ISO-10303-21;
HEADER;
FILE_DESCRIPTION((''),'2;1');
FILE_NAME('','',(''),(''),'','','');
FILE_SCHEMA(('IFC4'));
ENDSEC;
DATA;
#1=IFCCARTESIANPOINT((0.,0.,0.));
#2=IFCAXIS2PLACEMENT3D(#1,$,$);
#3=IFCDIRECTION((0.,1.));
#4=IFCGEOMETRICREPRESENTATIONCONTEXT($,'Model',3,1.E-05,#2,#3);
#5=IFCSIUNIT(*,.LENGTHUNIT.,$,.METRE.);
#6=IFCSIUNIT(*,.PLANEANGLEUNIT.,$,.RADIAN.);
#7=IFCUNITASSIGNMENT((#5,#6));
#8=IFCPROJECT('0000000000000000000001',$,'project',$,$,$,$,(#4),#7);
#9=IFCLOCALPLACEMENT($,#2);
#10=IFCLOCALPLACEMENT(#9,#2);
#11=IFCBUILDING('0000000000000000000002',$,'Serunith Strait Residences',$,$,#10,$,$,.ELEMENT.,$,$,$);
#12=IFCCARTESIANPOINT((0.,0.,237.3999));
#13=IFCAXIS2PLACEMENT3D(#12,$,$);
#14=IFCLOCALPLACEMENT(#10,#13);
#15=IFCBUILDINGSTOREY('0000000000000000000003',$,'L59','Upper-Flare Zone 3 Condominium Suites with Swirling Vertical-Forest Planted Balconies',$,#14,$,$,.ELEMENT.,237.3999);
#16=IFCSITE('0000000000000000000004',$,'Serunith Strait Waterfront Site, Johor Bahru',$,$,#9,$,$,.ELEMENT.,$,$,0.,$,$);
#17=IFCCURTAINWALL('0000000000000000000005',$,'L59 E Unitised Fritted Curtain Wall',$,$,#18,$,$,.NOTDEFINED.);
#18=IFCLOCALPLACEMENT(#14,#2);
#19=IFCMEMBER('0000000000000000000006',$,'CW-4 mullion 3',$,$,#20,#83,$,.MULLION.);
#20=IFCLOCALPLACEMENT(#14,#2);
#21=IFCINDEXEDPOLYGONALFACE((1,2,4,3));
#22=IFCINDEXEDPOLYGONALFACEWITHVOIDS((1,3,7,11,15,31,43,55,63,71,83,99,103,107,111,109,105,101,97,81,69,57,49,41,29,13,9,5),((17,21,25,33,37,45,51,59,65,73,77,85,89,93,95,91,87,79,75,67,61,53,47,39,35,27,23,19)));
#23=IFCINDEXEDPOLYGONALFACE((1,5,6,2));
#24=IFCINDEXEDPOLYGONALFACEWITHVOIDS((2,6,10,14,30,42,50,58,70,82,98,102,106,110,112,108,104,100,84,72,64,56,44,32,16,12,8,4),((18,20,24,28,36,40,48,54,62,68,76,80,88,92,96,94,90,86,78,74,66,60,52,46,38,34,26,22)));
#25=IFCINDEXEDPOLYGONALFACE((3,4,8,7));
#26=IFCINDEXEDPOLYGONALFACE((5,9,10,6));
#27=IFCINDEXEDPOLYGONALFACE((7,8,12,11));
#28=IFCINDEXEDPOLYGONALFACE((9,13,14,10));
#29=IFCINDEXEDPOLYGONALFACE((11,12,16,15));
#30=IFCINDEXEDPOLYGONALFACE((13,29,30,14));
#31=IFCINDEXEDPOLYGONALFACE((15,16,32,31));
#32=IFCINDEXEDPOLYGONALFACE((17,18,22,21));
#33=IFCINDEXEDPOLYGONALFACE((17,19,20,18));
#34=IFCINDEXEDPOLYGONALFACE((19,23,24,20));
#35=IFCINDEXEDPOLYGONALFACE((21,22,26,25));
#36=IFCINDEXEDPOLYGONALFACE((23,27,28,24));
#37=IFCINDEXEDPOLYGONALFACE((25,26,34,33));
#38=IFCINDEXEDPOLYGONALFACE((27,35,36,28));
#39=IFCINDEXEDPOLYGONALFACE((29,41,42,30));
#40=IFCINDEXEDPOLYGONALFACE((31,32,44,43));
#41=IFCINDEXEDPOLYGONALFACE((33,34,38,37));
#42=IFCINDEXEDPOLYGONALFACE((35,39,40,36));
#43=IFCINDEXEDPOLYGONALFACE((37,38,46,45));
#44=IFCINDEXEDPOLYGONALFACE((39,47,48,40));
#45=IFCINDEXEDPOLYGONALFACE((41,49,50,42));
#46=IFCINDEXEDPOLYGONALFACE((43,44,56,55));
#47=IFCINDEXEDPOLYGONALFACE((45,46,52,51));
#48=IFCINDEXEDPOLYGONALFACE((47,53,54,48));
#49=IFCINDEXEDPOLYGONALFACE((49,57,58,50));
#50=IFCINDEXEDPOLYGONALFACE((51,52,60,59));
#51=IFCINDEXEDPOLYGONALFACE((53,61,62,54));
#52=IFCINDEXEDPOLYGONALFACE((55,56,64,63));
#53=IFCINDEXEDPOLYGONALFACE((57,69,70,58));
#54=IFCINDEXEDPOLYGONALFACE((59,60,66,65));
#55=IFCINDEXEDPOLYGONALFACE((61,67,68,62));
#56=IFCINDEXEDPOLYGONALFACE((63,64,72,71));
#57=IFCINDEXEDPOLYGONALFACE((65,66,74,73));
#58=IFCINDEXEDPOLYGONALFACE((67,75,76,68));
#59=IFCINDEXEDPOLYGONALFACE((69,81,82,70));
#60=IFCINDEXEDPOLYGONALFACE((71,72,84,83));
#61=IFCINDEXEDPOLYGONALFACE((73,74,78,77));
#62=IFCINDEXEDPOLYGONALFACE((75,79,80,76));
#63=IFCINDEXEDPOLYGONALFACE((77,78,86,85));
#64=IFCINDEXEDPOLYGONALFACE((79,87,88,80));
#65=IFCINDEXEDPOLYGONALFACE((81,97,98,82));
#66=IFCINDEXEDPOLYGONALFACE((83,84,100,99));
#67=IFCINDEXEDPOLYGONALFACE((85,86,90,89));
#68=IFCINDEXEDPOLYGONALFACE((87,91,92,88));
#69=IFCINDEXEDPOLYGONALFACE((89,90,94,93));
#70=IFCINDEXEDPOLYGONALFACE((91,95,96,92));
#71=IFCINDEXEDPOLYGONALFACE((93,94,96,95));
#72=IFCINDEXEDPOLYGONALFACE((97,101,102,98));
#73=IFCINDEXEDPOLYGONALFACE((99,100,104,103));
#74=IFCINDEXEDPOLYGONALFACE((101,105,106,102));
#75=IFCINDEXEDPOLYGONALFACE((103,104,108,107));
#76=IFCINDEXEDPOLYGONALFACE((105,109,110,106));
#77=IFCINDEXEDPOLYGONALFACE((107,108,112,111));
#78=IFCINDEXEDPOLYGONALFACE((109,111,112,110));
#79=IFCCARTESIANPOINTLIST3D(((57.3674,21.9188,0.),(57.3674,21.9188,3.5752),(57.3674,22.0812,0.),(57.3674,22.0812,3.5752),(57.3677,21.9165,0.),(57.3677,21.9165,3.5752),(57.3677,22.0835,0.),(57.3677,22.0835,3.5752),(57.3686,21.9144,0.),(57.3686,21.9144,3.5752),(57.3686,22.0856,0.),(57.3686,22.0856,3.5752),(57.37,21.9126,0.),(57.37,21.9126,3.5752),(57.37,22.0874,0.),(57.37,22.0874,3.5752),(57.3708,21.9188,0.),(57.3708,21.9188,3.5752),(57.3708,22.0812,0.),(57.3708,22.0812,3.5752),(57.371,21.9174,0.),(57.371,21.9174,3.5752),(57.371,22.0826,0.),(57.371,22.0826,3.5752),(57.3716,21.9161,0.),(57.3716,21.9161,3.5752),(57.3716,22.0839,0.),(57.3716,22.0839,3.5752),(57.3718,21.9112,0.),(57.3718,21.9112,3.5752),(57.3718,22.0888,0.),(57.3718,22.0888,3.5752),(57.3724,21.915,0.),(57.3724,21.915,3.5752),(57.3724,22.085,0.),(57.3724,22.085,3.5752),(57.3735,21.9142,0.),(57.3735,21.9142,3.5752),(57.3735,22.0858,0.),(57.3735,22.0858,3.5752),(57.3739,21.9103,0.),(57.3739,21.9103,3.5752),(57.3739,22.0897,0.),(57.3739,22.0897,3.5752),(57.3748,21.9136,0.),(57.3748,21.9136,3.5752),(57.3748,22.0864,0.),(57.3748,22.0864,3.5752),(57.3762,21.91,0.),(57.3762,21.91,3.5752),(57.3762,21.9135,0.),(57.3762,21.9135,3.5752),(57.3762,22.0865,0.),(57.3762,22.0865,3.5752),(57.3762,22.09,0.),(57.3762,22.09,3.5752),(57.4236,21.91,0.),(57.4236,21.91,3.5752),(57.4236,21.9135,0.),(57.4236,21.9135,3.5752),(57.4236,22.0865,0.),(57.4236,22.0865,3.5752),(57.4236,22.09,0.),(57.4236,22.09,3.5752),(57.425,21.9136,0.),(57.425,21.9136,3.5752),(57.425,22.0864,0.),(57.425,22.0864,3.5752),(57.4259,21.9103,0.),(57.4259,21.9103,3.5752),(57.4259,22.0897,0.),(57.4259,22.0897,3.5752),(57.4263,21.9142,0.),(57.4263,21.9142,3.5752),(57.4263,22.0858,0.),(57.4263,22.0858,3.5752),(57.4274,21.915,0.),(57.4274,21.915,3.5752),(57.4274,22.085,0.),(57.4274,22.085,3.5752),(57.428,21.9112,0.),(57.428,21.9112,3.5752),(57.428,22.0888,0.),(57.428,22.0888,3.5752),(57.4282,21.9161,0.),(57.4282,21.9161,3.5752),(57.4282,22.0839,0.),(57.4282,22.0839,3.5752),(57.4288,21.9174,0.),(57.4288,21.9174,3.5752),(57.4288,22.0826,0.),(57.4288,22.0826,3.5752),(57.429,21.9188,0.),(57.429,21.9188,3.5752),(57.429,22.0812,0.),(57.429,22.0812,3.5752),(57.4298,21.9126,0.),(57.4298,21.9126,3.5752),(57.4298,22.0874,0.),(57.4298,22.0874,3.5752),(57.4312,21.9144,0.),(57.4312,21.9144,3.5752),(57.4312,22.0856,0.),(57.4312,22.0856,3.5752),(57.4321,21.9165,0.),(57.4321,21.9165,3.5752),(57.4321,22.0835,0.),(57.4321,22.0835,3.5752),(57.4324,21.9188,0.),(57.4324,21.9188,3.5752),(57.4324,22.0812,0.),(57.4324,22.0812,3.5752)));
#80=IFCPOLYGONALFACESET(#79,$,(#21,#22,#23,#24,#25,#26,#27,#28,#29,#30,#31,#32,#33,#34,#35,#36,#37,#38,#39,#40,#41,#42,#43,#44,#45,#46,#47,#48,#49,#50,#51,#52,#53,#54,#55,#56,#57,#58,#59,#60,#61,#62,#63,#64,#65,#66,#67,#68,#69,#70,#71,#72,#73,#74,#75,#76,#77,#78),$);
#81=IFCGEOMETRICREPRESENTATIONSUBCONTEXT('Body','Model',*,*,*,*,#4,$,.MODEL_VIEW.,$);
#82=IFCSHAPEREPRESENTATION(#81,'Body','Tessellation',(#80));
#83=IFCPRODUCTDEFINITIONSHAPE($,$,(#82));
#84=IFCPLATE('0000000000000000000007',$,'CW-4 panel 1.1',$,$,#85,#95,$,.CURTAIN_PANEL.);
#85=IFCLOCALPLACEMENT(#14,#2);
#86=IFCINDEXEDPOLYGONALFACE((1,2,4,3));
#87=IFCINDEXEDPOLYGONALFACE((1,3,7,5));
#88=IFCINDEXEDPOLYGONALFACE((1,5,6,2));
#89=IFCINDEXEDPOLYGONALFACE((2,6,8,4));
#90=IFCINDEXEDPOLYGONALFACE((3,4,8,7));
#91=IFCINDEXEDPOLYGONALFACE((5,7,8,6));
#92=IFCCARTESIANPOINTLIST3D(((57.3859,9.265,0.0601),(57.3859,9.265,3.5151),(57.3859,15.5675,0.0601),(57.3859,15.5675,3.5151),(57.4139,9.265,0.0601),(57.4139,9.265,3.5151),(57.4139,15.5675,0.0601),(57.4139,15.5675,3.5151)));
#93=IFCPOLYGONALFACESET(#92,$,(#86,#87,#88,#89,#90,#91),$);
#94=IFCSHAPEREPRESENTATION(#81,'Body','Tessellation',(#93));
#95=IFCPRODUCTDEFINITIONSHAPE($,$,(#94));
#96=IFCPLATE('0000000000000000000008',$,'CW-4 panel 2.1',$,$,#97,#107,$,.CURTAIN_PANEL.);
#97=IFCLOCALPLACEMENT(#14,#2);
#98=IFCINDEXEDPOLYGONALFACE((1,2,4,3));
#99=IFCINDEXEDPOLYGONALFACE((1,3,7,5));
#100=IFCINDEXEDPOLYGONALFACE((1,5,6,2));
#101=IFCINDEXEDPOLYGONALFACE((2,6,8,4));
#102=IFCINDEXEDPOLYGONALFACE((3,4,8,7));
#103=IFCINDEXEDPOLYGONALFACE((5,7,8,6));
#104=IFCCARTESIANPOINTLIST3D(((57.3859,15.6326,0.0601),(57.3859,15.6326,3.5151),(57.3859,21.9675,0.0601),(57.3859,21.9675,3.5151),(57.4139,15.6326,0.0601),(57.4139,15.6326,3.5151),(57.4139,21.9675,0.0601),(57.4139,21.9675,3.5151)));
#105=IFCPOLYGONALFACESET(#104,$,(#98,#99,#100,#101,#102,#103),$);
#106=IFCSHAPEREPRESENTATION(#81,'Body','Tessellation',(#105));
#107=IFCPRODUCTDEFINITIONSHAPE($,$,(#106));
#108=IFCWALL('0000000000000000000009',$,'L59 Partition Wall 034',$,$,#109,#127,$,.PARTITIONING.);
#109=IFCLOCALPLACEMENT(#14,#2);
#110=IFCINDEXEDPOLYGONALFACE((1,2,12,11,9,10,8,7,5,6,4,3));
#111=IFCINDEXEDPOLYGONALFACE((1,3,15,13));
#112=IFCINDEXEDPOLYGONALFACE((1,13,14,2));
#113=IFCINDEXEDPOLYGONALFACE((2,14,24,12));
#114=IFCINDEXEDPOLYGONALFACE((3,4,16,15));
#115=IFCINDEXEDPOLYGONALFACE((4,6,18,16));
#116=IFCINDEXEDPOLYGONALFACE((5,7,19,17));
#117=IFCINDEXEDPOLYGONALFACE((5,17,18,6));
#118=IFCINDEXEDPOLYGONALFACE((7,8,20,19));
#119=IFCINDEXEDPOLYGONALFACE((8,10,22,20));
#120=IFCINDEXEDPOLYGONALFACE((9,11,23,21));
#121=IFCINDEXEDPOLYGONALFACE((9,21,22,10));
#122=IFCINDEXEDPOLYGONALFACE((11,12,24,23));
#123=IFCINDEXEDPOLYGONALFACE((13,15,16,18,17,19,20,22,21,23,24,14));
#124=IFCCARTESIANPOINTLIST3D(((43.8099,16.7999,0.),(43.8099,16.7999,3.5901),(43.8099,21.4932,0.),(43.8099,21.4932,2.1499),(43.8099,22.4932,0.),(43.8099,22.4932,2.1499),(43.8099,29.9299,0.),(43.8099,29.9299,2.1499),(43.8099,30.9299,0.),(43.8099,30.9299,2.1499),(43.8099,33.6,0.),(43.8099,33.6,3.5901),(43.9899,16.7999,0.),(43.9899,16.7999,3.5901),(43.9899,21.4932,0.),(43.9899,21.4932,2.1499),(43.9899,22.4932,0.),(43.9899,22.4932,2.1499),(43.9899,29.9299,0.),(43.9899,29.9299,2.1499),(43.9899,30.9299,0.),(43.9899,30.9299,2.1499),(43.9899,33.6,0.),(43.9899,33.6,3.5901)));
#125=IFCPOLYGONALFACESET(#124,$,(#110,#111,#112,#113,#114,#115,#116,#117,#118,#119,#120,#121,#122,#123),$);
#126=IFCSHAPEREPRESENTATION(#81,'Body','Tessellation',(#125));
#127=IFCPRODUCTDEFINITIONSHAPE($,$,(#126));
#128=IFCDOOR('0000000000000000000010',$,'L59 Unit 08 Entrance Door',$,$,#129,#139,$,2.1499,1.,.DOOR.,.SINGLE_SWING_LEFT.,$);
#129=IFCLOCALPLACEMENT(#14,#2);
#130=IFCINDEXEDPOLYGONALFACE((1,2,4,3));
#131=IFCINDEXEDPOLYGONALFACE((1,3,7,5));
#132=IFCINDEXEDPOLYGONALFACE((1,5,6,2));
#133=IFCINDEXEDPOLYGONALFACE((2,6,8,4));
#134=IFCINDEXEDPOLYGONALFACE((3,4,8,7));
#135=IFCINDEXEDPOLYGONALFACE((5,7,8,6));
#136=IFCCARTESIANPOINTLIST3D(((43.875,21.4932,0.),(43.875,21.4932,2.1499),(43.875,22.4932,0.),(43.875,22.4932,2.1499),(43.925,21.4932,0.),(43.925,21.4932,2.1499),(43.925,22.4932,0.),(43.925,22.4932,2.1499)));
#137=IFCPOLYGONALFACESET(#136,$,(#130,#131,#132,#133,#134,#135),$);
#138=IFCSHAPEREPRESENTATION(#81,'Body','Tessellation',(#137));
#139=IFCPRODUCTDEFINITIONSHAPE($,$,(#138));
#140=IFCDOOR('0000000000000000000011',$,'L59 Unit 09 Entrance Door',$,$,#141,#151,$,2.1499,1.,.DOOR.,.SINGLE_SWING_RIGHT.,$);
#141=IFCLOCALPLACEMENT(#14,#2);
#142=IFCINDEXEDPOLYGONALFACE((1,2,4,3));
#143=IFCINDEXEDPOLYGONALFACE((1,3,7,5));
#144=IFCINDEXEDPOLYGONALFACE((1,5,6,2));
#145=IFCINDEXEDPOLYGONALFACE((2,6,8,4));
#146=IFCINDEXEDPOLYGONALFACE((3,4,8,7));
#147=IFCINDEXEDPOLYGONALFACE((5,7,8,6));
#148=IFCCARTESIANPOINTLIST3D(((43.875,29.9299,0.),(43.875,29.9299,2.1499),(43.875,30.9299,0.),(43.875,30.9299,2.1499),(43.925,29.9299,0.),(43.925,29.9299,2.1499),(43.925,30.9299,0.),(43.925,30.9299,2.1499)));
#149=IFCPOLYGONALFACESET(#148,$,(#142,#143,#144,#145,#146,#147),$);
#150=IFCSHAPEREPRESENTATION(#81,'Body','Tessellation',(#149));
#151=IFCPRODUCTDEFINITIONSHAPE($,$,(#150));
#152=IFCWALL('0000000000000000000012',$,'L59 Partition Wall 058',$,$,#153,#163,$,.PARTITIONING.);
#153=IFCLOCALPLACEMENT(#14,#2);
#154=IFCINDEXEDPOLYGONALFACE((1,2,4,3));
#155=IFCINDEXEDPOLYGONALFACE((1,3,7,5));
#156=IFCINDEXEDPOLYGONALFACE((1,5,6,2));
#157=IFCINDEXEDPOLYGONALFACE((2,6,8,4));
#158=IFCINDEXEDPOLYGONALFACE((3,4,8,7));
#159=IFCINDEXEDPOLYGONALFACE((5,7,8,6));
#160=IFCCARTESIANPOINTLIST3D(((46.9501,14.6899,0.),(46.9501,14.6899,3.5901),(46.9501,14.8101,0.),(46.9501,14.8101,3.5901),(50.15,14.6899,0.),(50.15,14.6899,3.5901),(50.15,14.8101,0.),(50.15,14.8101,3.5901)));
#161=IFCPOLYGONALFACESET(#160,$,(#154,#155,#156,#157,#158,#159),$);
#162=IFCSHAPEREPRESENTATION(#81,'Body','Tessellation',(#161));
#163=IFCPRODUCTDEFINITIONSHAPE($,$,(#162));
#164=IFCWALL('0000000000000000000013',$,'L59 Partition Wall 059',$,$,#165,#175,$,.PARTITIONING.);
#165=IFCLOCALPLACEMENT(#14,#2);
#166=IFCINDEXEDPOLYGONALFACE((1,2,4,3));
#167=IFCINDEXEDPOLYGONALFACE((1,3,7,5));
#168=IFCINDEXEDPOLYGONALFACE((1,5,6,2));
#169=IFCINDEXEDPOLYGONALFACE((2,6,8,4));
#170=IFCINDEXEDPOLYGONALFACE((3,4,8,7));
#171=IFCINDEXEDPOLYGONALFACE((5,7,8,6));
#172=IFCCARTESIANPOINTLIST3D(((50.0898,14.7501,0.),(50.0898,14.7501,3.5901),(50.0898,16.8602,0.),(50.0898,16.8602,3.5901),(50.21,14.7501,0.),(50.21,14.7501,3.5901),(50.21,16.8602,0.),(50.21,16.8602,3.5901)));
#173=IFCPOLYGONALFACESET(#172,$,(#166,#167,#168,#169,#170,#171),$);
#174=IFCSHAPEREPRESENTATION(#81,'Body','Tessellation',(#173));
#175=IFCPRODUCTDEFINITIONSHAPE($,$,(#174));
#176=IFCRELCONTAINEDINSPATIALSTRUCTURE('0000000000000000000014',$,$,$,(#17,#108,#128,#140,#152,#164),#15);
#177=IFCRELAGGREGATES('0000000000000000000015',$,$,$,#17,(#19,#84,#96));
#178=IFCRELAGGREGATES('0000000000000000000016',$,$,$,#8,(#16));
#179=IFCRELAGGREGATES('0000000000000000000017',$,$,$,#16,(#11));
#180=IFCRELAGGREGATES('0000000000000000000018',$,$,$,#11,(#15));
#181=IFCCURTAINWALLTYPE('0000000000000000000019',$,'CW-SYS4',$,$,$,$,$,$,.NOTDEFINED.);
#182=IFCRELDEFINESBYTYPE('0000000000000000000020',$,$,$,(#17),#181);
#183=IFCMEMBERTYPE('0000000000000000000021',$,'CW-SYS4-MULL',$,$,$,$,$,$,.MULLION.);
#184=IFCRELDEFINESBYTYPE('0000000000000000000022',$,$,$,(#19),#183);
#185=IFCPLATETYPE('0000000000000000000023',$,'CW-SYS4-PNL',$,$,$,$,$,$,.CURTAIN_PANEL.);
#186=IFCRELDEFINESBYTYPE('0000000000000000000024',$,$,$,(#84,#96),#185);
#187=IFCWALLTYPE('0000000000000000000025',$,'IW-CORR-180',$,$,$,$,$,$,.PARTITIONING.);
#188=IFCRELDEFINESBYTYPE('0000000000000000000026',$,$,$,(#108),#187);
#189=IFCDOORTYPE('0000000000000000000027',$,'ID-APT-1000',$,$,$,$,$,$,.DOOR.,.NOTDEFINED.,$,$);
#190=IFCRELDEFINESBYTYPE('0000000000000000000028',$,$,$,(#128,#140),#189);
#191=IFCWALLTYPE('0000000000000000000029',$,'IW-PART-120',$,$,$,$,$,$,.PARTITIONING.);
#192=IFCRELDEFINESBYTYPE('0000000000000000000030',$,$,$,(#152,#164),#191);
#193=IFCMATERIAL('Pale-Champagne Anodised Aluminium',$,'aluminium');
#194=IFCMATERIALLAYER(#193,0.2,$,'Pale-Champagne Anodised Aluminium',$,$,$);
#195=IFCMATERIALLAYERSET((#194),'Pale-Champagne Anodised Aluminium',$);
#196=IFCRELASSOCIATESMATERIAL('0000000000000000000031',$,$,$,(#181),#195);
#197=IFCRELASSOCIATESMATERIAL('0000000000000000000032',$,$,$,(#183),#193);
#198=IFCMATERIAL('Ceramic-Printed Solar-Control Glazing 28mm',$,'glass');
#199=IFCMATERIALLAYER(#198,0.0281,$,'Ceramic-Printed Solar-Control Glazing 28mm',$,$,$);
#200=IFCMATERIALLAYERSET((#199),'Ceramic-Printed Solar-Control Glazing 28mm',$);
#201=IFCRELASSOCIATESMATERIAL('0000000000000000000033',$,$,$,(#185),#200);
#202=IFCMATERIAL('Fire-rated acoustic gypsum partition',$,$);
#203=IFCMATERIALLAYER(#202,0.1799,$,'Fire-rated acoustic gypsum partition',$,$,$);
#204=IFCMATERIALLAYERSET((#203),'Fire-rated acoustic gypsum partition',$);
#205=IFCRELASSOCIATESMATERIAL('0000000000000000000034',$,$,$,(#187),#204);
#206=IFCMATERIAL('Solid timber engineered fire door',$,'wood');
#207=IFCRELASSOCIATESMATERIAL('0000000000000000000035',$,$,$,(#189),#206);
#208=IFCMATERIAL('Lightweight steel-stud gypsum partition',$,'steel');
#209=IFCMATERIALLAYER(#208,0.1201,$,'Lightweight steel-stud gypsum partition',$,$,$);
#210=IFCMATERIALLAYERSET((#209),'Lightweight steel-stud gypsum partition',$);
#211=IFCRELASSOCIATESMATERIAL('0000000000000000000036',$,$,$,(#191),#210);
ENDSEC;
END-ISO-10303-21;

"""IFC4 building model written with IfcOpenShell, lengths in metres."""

from ifc_helpers import new_model, si_unit, direction, frame, frame_2d, origin, origin_2d, place, context, subcontext, project, spatial, rectangle, hollow_rectangle, extrude, source, transform, mapped, material, layer, layer_set, material_profile, profile_set, type_object, element, fill, aggregate, save


model = new_model("IFC4")

# Units and contexts
model_context = context("Model", 3, precision=1e-05, world=origin(), true_north=direction((0.0, 1.0)))
body_context = subcontext(model_context, "Body", "Model", "MODEL_VIEW")
ifc_project = project(units=[si_unit("LENGTHUNIT", "METRE"), si_unit("PLANEANGLEUNIT", "RADIAN")], contexts=[model_context])

# Site, building, storey
site_placement = place(None, origin())
site = spatial("IfcSite", under=ifc_project, at=site_placement, Name="Serunith Strait Waterfront Site, Johor Bahru", CompositionType="ELEMENT", RefElevation=0.0)
building_placement = place(site_placement, origin())
building = spatial("IfcBuilding", under=site, at=building_placement, Name="Serunith Strait Residences", CompositionType="ELEMENT")
storey_placement = place(building_placement, frame((0.0, 0.0, 237.3999)))
storey = spatial("IfcBuildingStorey", under=building, at=storey_placement, Name="L59", Description="Upper-Flare Zone 3 Condominium Suites with Swirling Vertical-Forest Planted Balconies", CompositionType="ELEMENT", Elevation=237.3999)

# Curtain wall, member, plates
ifc_material_1 = material(Name="Pale-Champagne Anodised Aluminium", Category="aluminium")
ifc_layer_1 = layer(ifc_material_1, 0.2, Name="Pale-Champagne Anodised Aluminium")
ifc_layer_set_1 = layer_set([ifc_layer_1], Name="Pale-Champagne Anodised Aluminium")
curtain_wall_type = type_object("IfcCurtainWallType", Name="CW-SYS4", PredefinedType="NOTDEFINED", material=ifc_layer_set_1)
curtain_wall_placement = place(storey_placement, origin())
curtain_wall = element("IfcCurtainWall", 1, at=curtain_wall_placement, inside=storey, type_object=curtain_wall_type, Name="L59 E Unitised Fritted Curtain Wall", PredefinedType="NOTDEFINED")
ifc_material_profile_1 = material_profile(ifc_material_1, hollow_rectangle(XDim=0.0649, YDim=0.1799, WallThickness=0.0034, InnerFilletRadius=0.0054, OuterFilletRadius=0.0088, at=origin_2d()), Name="ALU 180x65x3.5")
ifc_profile_set_1 = profile_set([ifc_material_profile_1], Name="Pale-Champagne Anodised Aluminium")
member_type_1 = type_object("IfcMemberType", Name="CW-SYS4-MULL", PredefinedType="MULLION", material=ifc_profile_set_1)
shared_shape_1 = source(origin(), body_context, "Body", "SweptSolid", [
    extrude(hollow_rectangle(XDim=0.0649, YDim=0.1799, WallThickness=0.0034, InnerFilletRadius=0.0054, OuterFilletRadius=0.0088, at=origin_2d()), origin(), (0.0, 0.0, 1.0), 3.5752),
])
member_1_placement = place(storey_placement, frame((57.3999, 22.0, 0.0), z_axis=(0.0, 0.0, 1.0), x_axis=(-1.0, 0.0, 0.0)))
member_1 = element("IfcMember", 2, at=member_1_placement, type_object=member_type_1, Name="CW-4 mullion 3", PredefinedType="MULLION", context=body_context, shape_type="MappedRepresentation", body=[
    mapped(shared_shape_1, transform((0.0, 0.0, 0.0), scale=1.0)),
])
ifc_material_2 = material(Name="Ceramic-Printed Solar-Control Glazing 28mm", Category="glass")
ifc_layer_2 = layer(ifc_material_2, 0.0281, Name="Ceramic-Printed Solar-Control Glazing 28mm")
ifc_layer_set_2 = layer_set([ifc_layer_2], Name="Ceramic-Printed Solar-Control Glazing 28mm")
plate_type = type_object("IfcPlateType", Name="CW-SYS4-PNL", PredefinedType="CURTAIN_PANEL", material=ifc_layer_set_2)
shared_shape_2 = source(origin(), body_context, "Body", "SweptSolid", [
    extrude(rectangle(XDim=6.3025, YDim=0.0281, at=origin_2d()), origin(), (0.0, 0.0, 1.0), 3.4551),
])
plate_1_placement = place(storey_placement, frame((57.3999, 12.4163, 0.0601), z_axis=(0.0, 0.0, 1.0), x_axis=(0.0, 1.0, 0.0)))
plate_1 = element("IfcPlate", 3, at=plate_1_placement, type_object=plate_type, Name="CW-4 panel 1.1", PredefinedType="CURTAIN_PANEL", context=body_context, shape_type="MappedRepresentation", body=[
    mapped(shared_shape_2, transform((0.0, 0.0, 0.0), scale=1.0)),
])
shared_shape_3 = source(origin(), body_context, "Body", "SweptSolid", [
    extrude(rectangle(XDim=6.335, YDim=0.0281, at=origin_2d()), origin(), (0.0, 0.0, 1.0), 3.4551),
])
plate_2_placement = place(storey_placement, frame((57.3999, 18.8, 0.0601), z_axis=(0.0, 0.0, 1.0), x_axis=(0.0, 1.0, 0.0)))
plate_2 = element("IfcPlate", 4, at=plate_2_placement, type_object=plate_type, Name="CW-4 panel 2.1", PredefinedType="CURTAIN_PANEL", context=body_context, shape_type="MappedRepresentation", body=[
    mapped(shared_shape_3, transform((0.0, 0.0, 0.0), scale=1.0)),
])
aggregate(curtain_wall, [member_1, plate_1, plate_2])

# Wall, openings, doors
ifc_material_3 = material(Name="Fire-rated acoustic gypsum partition")
ifc_layer_3 = layer(ifc_material_3, 0.1799, Name="Fire-rated acoustic gypsum partition")
ifc_layer_set_3 = layer_set([ifc_layer_3], Name="Fire-rated acoustic gypsum partition")
wall_type_1 = type_object("IfcWallType", Name="IW-CORR-180", PredefinedType="PARTITIONING", material=ifc_layer_set_3)
wall_1_placement = place(storey_placement, frame((43.8999, 16.8, 0.0), z_axis=(0.0, 0.0, 1.0), x_axis=(0.0, 1.0, 0.0)))
wall_1 = element("IfcWall", 5, at=wall_1_placement, inside=storey, type_object=wall_type_1, Name="L59 Partition Wall 034", PredefinedType="PARTITIONING", context=body_context, shape_type="SweptSolid", body=[
    extrude(rectangle(XDim=16.8, YDim=0.1799, at=frame_2d((8.3999, 0.0))), origin(), (0.0, 0.0, 1.0), 3.5901),
])
opening_1_placement = place(wall_1_placement, frame((4.6931, 0.0, 0.0)))
opening_1 = element("IfcOpeningElement", 6, at=opening_1_placement, cuts=wall_1, PredefinedType="OPENING", context=body_context, shape_type="SweptSolid", body=[
    extrude(rectangle(XDim=1.0, YDim=2.1499, at=frame_2d((0.5, 1.075))), frame((0.0, 0.1001, 0.0), z_axis=(0.0, -1.0, 0.0), x_axis=(1.0, 0.0, 0.0)), (0.0, 0.0, 1.0), 0.2),
])
opening_2_placement = place(wall_1_placement, frame((13.1299, 0.0, 0.0)))
opening_2 = element("IfcOpeningElement", 7, at=opening_2_placement, cuts=wall_1, PredefinedType="OPENING", context=body_context, shape_type="SweptSolid", body=[
    extrude(rectangle(XDim=1.0, YDim=2.1499, at=frame_2d((0.5, 1.075))), frame((0.0, 0.1001, 0.0), z_axis=(0.0, -1.0, 0.0), x_axis=(1.0, 0.0, 0.0)), (0.0, 0.0, 1.0), 0.2),
])
ifc_material_4 = material(Name="Solid timber engineered fire door", Category="wood")
door_type_1 = type_object("IfcDoorType", Name="ID-APT-1000", OperationType="NOTDEFINED", PredefinedType="DOOR", material=ifc_material_4)
shared_shape_4 = source(origin(), body_context, "Body", "SweptSolid", [
    extrude(rectangle(XDim=1.0, YDim=2.1499, at=frame_2d((0.5, 1.075))), frame((0.0, 0.0249, 0.0), z_axis=(0.0, -1.0, 0.0), x_axis=(1.0, 0.0, 0.0)), (0.0, 0.0, 1.0), 0.05),
])
door_1_placement = place(opening_1_placement, origin())
door_1 = element("IfcDoor", 8, at=door_1_placement, inside=storey, type_object=door_type_1, Name="L59 Unit 08 Entrance Door", OperationType="SINGLE_SWING_LEFT", OverallHeight=2.1499, OverallWidth=1.0, PredefinedType="DOOR", context=body_context, shape_type="MappedRepresentation", body=[
    mapped(shared_shape_4, transform((0.0, 0.0, 0.0), scale=1.0)),
])
fill(opening_1, door_1)
door_2_placement = place(opening_2_placement, origin())
door_2 = element("IfcDoor", 9, at=door_2_placement, inside=storey, type_object=door_type_1, Name="L59 Unit 09 Entrance Door", OperationType="SINGLE_SWING_RIGHT", OverallHeight=2.1499, OverallWidth=1.0, PredefinedType="DOOR", context=body_context, shape_type="MappedRepresentation", body=[
    mapped(shared_shape_4, transform((0.0, 0.0, 0.0), scale=1.0)),
])
fill(opening_2, door_2)

# Walls
ifc_material_5 = material(Name="Lightweight steel-stud gypsum partition", Category="steel")
ifc_layer_4 = layer(ifc_material_5, 0.1201, Name="Lightweight steel-stud gypsum partition")
ifc_layer_set_4 = layer_set([ifc_layer_4], Name="Lightweight steel-stud gypsum partition")
wall_type_2 = type_object("IfcWallType", Name="IW-PART-120", PredefinedType="PARTITIONING", material=ifc_layer_set_4)
wall_2_placement = place(storey_placement, frame((46.95, 14.75, 0.0), z_axis=(0.0, 0.0, 1.0), x_axis=(1.0, 0.0, 0.0)))
element("IfcWall", 10, at=wall_2_placement, inside=storey, type_object=wall_type_2, Name="L59 Partition Wall 058", PredefinedType="PARTITIONING", context=body_context, shape_type="SweptSolid", body=[
    extrude(rectangle(XDim=3.2, YDim=0.1201, at=frame_2d((1.6001, 0.0))), origin(), (0.0, 0.0, 1.0), 3.5901),
])
wall_3_placement = place(storey_placement, frame((50.1499, 14.75, 0.0), z_axis=(0.0, 0.0, 1.0), x_axis=(0.0, 1.0, 0.0)))
element("IfcWall", 11, at=wall_3_placement, inside=storey, type_object=wall_type_2, Name="L59 Partition Wall 059", PredefinedType="PARTITIONING", context=body_context, shape_type="SweptSolid", body=[
    extrude(rectangle(XDim=2.1101, YDim=0.1201, at=frame_2d((1.0552, 0.0))), origin(), (0.0, 0.0, 1.0), 3.5901),
])

save(model, "model.ifc")
